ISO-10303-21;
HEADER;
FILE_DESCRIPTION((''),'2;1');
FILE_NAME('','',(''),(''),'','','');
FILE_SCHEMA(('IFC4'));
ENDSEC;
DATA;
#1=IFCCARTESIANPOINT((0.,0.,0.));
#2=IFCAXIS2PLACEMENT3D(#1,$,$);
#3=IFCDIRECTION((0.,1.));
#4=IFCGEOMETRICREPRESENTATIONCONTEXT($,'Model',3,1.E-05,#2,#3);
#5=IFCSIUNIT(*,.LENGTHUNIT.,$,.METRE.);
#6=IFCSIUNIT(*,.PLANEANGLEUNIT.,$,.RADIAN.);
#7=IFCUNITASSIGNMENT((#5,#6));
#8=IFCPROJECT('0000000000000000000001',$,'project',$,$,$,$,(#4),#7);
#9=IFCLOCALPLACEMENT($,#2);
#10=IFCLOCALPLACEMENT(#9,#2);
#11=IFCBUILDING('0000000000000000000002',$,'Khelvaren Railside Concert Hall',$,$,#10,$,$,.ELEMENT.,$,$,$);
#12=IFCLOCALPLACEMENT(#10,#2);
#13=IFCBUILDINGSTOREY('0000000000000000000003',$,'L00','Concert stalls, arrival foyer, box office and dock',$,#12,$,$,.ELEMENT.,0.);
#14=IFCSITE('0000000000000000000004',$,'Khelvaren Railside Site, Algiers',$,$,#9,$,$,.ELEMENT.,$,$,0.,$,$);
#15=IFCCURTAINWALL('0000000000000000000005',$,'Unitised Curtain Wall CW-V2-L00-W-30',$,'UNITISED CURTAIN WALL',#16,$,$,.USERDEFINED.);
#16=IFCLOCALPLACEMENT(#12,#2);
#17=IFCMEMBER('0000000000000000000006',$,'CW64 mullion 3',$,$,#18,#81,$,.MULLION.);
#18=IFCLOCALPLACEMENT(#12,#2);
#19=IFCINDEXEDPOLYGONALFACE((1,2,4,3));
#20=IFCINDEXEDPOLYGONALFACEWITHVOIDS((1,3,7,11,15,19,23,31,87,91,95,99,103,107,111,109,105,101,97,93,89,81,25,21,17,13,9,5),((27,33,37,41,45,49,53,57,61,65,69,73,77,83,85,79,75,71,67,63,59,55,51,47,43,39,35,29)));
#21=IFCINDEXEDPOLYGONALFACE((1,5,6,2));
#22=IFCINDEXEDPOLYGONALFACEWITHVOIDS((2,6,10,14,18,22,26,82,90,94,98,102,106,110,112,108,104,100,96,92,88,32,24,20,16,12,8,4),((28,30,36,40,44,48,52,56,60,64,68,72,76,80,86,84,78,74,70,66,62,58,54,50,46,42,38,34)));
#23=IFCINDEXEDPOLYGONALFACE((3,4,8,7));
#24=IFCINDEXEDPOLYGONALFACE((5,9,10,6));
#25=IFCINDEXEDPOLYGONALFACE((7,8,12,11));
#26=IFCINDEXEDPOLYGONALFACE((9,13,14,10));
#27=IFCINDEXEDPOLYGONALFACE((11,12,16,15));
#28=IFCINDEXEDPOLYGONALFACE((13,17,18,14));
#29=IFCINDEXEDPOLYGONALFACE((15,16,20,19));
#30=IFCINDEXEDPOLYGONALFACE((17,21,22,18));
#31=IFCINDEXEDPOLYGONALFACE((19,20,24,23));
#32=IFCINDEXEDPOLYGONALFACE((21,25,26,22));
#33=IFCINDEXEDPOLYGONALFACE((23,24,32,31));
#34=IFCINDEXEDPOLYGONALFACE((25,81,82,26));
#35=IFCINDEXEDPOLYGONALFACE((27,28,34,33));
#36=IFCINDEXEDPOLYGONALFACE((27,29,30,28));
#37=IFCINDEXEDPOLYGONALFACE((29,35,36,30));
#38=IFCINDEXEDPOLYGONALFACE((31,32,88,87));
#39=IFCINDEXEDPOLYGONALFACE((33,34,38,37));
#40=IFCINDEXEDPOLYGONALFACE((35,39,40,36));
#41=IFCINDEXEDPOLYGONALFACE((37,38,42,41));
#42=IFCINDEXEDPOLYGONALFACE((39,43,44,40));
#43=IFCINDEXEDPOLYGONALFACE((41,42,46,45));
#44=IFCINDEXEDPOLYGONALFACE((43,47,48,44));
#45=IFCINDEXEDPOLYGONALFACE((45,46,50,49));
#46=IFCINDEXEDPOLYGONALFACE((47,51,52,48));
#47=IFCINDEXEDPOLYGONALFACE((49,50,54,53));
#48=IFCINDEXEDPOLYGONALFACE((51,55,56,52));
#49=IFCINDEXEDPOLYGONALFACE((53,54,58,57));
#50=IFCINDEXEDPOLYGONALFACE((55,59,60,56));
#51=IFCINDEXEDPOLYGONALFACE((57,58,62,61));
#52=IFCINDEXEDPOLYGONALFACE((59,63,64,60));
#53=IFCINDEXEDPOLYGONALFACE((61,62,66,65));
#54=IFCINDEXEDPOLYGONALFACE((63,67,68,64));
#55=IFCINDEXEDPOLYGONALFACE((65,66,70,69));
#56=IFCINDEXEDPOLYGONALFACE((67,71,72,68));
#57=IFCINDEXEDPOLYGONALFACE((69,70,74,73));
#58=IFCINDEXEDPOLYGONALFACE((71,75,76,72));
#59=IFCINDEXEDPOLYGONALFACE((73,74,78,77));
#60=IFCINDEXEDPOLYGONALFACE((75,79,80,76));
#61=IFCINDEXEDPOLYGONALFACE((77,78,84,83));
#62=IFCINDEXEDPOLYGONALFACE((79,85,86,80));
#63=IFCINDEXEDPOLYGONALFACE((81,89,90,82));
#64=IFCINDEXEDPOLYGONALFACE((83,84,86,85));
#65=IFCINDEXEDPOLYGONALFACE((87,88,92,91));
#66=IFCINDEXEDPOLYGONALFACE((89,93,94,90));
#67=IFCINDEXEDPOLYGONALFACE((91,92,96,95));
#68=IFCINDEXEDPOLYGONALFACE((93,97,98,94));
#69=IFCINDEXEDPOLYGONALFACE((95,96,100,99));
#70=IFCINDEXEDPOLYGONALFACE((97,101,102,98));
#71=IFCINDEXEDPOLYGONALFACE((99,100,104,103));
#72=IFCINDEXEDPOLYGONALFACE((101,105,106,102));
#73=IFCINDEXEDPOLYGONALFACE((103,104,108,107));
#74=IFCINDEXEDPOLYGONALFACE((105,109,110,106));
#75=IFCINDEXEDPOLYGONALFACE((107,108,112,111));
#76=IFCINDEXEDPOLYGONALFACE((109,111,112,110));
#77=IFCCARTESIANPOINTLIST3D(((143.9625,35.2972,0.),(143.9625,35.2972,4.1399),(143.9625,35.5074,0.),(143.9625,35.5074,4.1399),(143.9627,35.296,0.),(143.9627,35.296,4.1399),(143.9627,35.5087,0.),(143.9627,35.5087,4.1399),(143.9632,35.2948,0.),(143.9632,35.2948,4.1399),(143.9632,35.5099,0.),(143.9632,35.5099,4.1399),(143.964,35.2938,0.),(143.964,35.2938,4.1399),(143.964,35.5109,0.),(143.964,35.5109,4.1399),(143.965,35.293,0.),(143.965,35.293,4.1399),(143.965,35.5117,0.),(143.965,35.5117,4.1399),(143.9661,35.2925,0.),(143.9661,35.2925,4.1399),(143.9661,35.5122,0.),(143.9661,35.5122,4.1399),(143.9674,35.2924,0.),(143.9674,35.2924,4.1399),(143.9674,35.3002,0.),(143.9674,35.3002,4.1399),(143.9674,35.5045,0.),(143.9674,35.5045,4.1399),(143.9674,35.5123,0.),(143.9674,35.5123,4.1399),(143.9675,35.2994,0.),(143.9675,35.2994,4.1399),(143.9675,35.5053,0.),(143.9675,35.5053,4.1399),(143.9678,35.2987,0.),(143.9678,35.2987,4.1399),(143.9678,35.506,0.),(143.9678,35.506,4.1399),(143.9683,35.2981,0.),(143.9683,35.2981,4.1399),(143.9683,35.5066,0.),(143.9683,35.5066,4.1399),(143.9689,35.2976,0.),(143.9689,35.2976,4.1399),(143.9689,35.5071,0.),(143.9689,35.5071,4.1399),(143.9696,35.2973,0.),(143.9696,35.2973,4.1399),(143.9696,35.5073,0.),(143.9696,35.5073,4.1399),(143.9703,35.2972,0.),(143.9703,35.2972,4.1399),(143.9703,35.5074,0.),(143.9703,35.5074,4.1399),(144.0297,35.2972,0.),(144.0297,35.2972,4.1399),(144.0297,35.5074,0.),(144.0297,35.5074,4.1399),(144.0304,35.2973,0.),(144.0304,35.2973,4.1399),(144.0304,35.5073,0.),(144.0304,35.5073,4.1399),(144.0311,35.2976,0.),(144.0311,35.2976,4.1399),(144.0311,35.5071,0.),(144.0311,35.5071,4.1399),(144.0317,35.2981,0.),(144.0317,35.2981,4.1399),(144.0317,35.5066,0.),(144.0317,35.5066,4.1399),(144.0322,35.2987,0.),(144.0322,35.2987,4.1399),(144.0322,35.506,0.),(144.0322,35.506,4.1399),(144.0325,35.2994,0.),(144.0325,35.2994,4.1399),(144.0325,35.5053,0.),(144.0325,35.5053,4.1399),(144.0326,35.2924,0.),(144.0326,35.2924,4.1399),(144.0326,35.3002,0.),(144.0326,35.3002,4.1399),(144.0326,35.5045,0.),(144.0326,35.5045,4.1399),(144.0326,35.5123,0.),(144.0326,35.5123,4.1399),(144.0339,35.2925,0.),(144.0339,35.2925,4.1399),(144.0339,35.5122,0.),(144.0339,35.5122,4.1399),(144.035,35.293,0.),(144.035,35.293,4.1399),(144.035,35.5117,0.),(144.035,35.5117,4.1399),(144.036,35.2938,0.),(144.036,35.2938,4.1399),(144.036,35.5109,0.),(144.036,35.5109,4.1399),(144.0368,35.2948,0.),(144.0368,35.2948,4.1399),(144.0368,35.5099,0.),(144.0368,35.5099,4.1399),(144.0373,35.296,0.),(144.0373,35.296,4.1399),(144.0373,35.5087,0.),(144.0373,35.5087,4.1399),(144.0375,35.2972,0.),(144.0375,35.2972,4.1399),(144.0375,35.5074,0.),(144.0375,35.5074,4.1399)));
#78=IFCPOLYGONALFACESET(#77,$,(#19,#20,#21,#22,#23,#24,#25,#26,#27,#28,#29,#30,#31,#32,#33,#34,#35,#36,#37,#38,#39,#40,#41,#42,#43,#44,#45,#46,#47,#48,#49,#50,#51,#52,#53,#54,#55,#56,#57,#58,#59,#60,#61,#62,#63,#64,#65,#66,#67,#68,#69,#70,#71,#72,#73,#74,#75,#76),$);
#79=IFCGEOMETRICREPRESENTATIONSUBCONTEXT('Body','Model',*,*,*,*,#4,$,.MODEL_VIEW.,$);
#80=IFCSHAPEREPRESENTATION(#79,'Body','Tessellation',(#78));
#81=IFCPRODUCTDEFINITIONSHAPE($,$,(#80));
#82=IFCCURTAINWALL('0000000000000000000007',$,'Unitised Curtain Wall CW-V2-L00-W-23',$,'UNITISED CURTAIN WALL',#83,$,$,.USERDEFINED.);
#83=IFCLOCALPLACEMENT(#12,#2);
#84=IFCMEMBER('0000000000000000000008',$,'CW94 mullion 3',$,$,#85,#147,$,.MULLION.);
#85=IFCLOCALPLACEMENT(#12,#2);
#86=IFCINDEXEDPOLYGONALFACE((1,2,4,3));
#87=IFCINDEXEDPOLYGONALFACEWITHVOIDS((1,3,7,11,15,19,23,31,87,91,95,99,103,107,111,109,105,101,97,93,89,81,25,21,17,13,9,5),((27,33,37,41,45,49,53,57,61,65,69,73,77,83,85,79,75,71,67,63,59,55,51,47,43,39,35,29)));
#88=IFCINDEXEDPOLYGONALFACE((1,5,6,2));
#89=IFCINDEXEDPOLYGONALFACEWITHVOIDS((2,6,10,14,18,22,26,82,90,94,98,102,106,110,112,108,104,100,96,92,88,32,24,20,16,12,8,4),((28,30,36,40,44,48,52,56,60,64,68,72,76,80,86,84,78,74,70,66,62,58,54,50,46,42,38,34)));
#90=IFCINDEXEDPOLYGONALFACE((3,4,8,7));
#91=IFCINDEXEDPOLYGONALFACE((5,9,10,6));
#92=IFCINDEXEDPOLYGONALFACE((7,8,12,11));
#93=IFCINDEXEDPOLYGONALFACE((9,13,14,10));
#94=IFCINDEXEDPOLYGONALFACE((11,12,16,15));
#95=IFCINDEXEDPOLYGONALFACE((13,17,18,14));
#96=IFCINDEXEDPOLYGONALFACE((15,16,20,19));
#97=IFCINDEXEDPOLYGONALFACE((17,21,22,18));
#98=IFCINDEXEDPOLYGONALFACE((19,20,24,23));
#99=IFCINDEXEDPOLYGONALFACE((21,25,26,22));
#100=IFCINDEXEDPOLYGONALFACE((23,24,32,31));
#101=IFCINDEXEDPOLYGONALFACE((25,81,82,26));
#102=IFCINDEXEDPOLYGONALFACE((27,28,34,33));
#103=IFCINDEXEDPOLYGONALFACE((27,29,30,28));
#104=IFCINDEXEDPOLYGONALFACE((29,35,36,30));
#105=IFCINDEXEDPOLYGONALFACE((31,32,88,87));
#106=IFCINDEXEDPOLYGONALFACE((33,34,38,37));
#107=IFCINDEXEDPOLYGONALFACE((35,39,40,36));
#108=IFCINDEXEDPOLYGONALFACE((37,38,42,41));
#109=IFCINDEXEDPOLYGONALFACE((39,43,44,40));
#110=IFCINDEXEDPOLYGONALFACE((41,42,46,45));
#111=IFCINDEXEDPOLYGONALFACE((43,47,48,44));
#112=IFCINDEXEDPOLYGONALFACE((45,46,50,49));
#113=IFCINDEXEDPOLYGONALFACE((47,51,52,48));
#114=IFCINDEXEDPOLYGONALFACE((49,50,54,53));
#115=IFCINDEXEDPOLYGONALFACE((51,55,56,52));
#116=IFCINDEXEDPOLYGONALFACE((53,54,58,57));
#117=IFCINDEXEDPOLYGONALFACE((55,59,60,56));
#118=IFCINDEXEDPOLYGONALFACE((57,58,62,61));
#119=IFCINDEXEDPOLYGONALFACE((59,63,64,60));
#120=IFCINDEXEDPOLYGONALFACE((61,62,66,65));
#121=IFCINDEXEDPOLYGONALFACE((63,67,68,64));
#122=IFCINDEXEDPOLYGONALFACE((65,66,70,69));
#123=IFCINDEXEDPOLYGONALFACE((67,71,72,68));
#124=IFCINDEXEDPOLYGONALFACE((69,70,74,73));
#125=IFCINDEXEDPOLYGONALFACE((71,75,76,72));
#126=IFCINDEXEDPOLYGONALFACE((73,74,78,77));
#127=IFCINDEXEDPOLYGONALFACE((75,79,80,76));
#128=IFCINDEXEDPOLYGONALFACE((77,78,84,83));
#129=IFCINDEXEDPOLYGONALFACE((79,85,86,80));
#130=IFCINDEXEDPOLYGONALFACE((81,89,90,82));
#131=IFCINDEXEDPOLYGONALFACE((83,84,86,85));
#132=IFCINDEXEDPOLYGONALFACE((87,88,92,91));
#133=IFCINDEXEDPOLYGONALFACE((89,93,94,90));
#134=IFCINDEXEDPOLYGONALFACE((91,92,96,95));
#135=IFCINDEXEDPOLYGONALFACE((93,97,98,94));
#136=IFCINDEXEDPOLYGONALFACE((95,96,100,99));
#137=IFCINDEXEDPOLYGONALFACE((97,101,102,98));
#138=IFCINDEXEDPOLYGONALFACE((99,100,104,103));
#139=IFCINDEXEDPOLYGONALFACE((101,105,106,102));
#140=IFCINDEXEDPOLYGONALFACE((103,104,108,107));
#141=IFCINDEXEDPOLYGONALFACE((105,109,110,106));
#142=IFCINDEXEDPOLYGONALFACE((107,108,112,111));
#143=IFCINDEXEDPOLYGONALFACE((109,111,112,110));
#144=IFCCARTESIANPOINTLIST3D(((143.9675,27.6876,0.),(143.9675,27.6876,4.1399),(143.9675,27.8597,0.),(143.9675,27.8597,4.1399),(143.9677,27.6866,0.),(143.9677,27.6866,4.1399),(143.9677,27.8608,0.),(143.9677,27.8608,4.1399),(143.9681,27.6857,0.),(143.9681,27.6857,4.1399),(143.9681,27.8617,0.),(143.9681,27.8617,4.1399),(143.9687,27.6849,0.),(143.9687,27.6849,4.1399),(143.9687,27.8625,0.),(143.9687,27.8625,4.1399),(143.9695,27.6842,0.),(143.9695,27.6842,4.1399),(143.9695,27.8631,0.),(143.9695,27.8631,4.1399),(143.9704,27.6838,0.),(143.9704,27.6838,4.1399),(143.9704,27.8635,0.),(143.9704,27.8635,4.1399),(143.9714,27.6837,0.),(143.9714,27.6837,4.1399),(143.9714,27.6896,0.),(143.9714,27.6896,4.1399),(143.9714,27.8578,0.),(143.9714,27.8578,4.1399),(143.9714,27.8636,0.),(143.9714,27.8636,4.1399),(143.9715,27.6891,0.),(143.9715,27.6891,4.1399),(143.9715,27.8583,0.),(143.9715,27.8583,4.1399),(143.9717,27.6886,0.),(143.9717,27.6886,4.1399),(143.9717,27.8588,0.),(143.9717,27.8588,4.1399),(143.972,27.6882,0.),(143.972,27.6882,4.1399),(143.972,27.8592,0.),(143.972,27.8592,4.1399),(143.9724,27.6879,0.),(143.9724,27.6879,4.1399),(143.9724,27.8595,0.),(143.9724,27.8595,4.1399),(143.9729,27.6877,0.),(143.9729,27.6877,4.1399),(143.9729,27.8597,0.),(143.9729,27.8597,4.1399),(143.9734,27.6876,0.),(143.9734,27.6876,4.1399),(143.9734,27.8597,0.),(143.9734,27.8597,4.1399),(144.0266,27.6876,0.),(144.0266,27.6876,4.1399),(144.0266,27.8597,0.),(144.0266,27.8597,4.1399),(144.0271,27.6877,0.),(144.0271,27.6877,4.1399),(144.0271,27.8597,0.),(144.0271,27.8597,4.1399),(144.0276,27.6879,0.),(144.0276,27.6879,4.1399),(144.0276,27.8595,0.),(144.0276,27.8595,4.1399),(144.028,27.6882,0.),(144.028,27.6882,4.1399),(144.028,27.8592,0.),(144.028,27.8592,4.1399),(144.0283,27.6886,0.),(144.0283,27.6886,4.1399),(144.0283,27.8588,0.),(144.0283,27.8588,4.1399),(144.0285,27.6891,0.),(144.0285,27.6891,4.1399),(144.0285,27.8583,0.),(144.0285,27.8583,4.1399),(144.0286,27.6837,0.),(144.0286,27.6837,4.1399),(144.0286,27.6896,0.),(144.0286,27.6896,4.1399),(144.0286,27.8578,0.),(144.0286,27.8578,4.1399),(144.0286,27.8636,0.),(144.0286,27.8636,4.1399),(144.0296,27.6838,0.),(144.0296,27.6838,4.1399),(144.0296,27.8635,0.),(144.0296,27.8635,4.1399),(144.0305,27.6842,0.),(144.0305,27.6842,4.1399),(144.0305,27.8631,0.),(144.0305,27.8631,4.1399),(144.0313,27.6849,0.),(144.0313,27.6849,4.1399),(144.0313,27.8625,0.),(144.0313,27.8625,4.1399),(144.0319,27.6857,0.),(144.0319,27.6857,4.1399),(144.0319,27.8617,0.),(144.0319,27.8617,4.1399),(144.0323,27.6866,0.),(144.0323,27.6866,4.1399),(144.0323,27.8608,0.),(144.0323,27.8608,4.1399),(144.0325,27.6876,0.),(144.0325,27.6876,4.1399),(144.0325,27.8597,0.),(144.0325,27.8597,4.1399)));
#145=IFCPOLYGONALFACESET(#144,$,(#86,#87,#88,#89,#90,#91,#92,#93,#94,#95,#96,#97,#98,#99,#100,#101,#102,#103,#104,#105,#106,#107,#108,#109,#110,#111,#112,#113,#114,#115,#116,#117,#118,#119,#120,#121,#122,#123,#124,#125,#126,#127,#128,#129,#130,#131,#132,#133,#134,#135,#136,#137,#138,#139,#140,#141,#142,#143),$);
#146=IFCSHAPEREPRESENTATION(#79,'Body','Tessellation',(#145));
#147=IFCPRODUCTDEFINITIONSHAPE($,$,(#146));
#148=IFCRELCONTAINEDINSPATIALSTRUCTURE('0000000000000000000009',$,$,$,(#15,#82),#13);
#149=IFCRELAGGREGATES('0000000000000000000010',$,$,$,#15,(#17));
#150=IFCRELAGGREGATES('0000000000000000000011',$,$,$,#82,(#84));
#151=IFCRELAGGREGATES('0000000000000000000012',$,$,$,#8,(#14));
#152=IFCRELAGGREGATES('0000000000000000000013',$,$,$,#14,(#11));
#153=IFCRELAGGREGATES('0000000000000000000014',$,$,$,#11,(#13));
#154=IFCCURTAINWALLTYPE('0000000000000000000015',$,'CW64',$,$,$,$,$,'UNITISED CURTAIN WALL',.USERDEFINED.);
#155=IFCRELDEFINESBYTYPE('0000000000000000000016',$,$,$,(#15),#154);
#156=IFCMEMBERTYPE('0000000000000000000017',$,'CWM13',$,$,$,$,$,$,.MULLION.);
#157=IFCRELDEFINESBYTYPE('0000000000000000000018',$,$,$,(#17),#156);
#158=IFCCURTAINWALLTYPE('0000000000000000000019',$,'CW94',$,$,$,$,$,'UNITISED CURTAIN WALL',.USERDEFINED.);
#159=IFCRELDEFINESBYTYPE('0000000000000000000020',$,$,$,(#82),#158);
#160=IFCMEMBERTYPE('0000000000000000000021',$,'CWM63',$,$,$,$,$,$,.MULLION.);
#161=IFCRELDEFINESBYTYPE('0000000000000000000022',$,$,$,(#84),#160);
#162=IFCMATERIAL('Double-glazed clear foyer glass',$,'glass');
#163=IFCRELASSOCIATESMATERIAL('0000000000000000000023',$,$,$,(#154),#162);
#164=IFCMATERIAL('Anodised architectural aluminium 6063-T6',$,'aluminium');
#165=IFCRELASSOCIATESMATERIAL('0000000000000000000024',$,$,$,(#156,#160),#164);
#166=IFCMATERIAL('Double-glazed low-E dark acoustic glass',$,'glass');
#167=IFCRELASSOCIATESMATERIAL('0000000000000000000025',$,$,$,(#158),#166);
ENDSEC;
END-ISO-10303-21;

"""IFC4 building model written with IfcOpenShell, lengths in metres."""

from ifc_helpers import new_model, si_unit, direction, frame, origin, origin_2d, place, context, subcontext, project, spatial, hollow_rectangle, extrude, material, material_profile, profile_set, type_object, element, aggregate, save


model = new_model("IFC4")

# Units and contexts
model_context = context("Model", 3, precision=1e-05, world=origin(), true_north=direction((0.0, 1.0)))
body_context = subcontext(model_context, "Body", "Model", "MODEL_VIEW")
ifc_project = project(units=[si_unit("LENGTHUNIT", "METRE"), si_unit("PLANEANGLEUNIT", "RADIAN")], contexts=[model_context])

# Site, building, storey
site_placement = place(None, origin())
site = spatial("IfcSite", under=ifc_project, at=site_placement, Name="Khelvaren Railside Site, Algiers", CompositionType="ELEMENT", RefElevation=0.0)
building_placement = place(site_placement, origin())
building = spatial("IfcBuilding", under=site, at=building_placement, Name="Khelvaren Railside Concert Hall", CompositionType="ELEMENT")
storey_placement = place(building_placement, origin())
storey = spatial("IfcBuildingStorey", under=building, at=storey_placement, Name="L00", Description="Concert stalls, arrival foyer, box office and dock", CompositionType="ELEMENT", Elevation=0.0)

# Curtain walls, members
ifc_material_1 = material(Name="Double-glazed clear foyer glass", Category="glass")
curtain_wall_type_1 = type_object("IfcCurtainWallType", Name="CW64", ElementType="UNITISED CURTAIN WALL", PredefinedType="USERDEFINED", material=ifc_material_1)
curtain_wall_1_placement = place(storey_placement, origin())
curtain_wall_1 = element("IfcCurtainWall", 1, at=curtain_wall_1_placement, inside=storey, type_object=curtain_wall_type_1, Name="Unitised Curtain Wall CW-V2-L00-W-30", ObjectType="UNITISED CURTAIN WALL", PredefinedType="USERDEFINED")
ifc_material_2 = material(Name="Anodised architectural aluminium 6063-T6", Category="aluminium")
ifc_material_profile_1 = material_profile(ifc_material_2, hollow_rectangle(XDim=0.075, YDim=0.22, WallThickness=0.0049, InnerFilletRadius=0.0029, OuterFilletRadius=0.0049, at=origin_2d()), Name="CWM 75x220x5")
ifc_profile_set_1 = profile_set([ifc_material_profile_1], Name="Anodised architectural aluminium 6063-T6")
member_type_1 = type_object("IfcMemberType", Name="CWM13", PredefinedType="MULLION", material=ifc_profile_set_1)
member_1_placement = place(storey_placement, frame((144.0, 35.4023, 0.0), z_axis=(0.0, 0.0, 1.0), x_axis=(-1.0, 0.0, 0.0)))
member_1 = element("IfcMember", 2, at=member_1_placement, type_object=member_type_1, Name="CW64 mullion 3", PredefinedType="MULLION", context=body_context, shape_type="SweptSolid", body=[
    extrude(hollow_rectangle(XDim=0.075, YDim=0.22, WallThickness=0.0049, InnerFilletRadius=0.0029, OuterFilletRadius=0.0049, at=origin_2d()), origin(), (0.0, 0.0, 1.0), 4.1399),
])
ifc_material_3 = material(Name="Double-glazed low-E dark acoustic glass", Category="glass")
curtain_wall_type_2 = type_object("IfcCurtainWallType", Name="CW94", ElementType="UNITISED CURTAIN WALL", PredefinedType="USERDEFINED", material=ifc_material_3)
curtain_wall_2_placement = place(storey_placement, origin())
curtain_wall_2 = element("IfcCurtainWall", 3, at=curtain_wall_2_placement, inside=storey, type_object=curtain_wall_type_2, Name="Unitised Curtain Wall CW-V2-L00-W-23", ObjectType="UNITISED CURTAIN WALL", PredefinedType="USERDEFINED")
ifc_material_profile_2 = material_profile(ifc_material_2, hollow_rectangle(XDim=0.0649, YDim=0.1799, WallThickness=0.0039, InnerFilletRadius=0.002, OuterFilletRadius=0.0039, at=origin_2d()), Name="CWM 65x180x4")
ifc_profile_set_2 = profile_set([ifc_material_profile_2], Name="Anodised architectural aluminium 6063-T6")
member_type_2 = type_object("IfcMemberType", Name="CWM63", PredefinedType="MULLION", material=ifc_profile_set_2)
member_2_placement = place(storey_placement, frame((144.0, 27.7737, 0.0), z_axis=(0.0, 0.0, 1.0), x_axis=(-1.0, 0.0, 0.0)))
member_2 = element("IfcMember", 4, at=member_2_placement, type_object=member_type_2, Name="CW94 mullion 3", PredefinedType="MULLION", context=body_context, shape_type="SweptSolid", body=[
    extrude(hollow_rectangle(XDim=0.0649, YDim=0.1799, WallThickness=0.0039, InnerFilletRadius=0.002, OuterFilletRadius=0.0039, at=origin_2d()), origin(), (0.0, 0.0, 1.0), 4.1399),
])

aggregate(curtain_wall_1, [member_1])
aggregate(curtain_wall_2, [member_2])

save(model, "model.ifc")
